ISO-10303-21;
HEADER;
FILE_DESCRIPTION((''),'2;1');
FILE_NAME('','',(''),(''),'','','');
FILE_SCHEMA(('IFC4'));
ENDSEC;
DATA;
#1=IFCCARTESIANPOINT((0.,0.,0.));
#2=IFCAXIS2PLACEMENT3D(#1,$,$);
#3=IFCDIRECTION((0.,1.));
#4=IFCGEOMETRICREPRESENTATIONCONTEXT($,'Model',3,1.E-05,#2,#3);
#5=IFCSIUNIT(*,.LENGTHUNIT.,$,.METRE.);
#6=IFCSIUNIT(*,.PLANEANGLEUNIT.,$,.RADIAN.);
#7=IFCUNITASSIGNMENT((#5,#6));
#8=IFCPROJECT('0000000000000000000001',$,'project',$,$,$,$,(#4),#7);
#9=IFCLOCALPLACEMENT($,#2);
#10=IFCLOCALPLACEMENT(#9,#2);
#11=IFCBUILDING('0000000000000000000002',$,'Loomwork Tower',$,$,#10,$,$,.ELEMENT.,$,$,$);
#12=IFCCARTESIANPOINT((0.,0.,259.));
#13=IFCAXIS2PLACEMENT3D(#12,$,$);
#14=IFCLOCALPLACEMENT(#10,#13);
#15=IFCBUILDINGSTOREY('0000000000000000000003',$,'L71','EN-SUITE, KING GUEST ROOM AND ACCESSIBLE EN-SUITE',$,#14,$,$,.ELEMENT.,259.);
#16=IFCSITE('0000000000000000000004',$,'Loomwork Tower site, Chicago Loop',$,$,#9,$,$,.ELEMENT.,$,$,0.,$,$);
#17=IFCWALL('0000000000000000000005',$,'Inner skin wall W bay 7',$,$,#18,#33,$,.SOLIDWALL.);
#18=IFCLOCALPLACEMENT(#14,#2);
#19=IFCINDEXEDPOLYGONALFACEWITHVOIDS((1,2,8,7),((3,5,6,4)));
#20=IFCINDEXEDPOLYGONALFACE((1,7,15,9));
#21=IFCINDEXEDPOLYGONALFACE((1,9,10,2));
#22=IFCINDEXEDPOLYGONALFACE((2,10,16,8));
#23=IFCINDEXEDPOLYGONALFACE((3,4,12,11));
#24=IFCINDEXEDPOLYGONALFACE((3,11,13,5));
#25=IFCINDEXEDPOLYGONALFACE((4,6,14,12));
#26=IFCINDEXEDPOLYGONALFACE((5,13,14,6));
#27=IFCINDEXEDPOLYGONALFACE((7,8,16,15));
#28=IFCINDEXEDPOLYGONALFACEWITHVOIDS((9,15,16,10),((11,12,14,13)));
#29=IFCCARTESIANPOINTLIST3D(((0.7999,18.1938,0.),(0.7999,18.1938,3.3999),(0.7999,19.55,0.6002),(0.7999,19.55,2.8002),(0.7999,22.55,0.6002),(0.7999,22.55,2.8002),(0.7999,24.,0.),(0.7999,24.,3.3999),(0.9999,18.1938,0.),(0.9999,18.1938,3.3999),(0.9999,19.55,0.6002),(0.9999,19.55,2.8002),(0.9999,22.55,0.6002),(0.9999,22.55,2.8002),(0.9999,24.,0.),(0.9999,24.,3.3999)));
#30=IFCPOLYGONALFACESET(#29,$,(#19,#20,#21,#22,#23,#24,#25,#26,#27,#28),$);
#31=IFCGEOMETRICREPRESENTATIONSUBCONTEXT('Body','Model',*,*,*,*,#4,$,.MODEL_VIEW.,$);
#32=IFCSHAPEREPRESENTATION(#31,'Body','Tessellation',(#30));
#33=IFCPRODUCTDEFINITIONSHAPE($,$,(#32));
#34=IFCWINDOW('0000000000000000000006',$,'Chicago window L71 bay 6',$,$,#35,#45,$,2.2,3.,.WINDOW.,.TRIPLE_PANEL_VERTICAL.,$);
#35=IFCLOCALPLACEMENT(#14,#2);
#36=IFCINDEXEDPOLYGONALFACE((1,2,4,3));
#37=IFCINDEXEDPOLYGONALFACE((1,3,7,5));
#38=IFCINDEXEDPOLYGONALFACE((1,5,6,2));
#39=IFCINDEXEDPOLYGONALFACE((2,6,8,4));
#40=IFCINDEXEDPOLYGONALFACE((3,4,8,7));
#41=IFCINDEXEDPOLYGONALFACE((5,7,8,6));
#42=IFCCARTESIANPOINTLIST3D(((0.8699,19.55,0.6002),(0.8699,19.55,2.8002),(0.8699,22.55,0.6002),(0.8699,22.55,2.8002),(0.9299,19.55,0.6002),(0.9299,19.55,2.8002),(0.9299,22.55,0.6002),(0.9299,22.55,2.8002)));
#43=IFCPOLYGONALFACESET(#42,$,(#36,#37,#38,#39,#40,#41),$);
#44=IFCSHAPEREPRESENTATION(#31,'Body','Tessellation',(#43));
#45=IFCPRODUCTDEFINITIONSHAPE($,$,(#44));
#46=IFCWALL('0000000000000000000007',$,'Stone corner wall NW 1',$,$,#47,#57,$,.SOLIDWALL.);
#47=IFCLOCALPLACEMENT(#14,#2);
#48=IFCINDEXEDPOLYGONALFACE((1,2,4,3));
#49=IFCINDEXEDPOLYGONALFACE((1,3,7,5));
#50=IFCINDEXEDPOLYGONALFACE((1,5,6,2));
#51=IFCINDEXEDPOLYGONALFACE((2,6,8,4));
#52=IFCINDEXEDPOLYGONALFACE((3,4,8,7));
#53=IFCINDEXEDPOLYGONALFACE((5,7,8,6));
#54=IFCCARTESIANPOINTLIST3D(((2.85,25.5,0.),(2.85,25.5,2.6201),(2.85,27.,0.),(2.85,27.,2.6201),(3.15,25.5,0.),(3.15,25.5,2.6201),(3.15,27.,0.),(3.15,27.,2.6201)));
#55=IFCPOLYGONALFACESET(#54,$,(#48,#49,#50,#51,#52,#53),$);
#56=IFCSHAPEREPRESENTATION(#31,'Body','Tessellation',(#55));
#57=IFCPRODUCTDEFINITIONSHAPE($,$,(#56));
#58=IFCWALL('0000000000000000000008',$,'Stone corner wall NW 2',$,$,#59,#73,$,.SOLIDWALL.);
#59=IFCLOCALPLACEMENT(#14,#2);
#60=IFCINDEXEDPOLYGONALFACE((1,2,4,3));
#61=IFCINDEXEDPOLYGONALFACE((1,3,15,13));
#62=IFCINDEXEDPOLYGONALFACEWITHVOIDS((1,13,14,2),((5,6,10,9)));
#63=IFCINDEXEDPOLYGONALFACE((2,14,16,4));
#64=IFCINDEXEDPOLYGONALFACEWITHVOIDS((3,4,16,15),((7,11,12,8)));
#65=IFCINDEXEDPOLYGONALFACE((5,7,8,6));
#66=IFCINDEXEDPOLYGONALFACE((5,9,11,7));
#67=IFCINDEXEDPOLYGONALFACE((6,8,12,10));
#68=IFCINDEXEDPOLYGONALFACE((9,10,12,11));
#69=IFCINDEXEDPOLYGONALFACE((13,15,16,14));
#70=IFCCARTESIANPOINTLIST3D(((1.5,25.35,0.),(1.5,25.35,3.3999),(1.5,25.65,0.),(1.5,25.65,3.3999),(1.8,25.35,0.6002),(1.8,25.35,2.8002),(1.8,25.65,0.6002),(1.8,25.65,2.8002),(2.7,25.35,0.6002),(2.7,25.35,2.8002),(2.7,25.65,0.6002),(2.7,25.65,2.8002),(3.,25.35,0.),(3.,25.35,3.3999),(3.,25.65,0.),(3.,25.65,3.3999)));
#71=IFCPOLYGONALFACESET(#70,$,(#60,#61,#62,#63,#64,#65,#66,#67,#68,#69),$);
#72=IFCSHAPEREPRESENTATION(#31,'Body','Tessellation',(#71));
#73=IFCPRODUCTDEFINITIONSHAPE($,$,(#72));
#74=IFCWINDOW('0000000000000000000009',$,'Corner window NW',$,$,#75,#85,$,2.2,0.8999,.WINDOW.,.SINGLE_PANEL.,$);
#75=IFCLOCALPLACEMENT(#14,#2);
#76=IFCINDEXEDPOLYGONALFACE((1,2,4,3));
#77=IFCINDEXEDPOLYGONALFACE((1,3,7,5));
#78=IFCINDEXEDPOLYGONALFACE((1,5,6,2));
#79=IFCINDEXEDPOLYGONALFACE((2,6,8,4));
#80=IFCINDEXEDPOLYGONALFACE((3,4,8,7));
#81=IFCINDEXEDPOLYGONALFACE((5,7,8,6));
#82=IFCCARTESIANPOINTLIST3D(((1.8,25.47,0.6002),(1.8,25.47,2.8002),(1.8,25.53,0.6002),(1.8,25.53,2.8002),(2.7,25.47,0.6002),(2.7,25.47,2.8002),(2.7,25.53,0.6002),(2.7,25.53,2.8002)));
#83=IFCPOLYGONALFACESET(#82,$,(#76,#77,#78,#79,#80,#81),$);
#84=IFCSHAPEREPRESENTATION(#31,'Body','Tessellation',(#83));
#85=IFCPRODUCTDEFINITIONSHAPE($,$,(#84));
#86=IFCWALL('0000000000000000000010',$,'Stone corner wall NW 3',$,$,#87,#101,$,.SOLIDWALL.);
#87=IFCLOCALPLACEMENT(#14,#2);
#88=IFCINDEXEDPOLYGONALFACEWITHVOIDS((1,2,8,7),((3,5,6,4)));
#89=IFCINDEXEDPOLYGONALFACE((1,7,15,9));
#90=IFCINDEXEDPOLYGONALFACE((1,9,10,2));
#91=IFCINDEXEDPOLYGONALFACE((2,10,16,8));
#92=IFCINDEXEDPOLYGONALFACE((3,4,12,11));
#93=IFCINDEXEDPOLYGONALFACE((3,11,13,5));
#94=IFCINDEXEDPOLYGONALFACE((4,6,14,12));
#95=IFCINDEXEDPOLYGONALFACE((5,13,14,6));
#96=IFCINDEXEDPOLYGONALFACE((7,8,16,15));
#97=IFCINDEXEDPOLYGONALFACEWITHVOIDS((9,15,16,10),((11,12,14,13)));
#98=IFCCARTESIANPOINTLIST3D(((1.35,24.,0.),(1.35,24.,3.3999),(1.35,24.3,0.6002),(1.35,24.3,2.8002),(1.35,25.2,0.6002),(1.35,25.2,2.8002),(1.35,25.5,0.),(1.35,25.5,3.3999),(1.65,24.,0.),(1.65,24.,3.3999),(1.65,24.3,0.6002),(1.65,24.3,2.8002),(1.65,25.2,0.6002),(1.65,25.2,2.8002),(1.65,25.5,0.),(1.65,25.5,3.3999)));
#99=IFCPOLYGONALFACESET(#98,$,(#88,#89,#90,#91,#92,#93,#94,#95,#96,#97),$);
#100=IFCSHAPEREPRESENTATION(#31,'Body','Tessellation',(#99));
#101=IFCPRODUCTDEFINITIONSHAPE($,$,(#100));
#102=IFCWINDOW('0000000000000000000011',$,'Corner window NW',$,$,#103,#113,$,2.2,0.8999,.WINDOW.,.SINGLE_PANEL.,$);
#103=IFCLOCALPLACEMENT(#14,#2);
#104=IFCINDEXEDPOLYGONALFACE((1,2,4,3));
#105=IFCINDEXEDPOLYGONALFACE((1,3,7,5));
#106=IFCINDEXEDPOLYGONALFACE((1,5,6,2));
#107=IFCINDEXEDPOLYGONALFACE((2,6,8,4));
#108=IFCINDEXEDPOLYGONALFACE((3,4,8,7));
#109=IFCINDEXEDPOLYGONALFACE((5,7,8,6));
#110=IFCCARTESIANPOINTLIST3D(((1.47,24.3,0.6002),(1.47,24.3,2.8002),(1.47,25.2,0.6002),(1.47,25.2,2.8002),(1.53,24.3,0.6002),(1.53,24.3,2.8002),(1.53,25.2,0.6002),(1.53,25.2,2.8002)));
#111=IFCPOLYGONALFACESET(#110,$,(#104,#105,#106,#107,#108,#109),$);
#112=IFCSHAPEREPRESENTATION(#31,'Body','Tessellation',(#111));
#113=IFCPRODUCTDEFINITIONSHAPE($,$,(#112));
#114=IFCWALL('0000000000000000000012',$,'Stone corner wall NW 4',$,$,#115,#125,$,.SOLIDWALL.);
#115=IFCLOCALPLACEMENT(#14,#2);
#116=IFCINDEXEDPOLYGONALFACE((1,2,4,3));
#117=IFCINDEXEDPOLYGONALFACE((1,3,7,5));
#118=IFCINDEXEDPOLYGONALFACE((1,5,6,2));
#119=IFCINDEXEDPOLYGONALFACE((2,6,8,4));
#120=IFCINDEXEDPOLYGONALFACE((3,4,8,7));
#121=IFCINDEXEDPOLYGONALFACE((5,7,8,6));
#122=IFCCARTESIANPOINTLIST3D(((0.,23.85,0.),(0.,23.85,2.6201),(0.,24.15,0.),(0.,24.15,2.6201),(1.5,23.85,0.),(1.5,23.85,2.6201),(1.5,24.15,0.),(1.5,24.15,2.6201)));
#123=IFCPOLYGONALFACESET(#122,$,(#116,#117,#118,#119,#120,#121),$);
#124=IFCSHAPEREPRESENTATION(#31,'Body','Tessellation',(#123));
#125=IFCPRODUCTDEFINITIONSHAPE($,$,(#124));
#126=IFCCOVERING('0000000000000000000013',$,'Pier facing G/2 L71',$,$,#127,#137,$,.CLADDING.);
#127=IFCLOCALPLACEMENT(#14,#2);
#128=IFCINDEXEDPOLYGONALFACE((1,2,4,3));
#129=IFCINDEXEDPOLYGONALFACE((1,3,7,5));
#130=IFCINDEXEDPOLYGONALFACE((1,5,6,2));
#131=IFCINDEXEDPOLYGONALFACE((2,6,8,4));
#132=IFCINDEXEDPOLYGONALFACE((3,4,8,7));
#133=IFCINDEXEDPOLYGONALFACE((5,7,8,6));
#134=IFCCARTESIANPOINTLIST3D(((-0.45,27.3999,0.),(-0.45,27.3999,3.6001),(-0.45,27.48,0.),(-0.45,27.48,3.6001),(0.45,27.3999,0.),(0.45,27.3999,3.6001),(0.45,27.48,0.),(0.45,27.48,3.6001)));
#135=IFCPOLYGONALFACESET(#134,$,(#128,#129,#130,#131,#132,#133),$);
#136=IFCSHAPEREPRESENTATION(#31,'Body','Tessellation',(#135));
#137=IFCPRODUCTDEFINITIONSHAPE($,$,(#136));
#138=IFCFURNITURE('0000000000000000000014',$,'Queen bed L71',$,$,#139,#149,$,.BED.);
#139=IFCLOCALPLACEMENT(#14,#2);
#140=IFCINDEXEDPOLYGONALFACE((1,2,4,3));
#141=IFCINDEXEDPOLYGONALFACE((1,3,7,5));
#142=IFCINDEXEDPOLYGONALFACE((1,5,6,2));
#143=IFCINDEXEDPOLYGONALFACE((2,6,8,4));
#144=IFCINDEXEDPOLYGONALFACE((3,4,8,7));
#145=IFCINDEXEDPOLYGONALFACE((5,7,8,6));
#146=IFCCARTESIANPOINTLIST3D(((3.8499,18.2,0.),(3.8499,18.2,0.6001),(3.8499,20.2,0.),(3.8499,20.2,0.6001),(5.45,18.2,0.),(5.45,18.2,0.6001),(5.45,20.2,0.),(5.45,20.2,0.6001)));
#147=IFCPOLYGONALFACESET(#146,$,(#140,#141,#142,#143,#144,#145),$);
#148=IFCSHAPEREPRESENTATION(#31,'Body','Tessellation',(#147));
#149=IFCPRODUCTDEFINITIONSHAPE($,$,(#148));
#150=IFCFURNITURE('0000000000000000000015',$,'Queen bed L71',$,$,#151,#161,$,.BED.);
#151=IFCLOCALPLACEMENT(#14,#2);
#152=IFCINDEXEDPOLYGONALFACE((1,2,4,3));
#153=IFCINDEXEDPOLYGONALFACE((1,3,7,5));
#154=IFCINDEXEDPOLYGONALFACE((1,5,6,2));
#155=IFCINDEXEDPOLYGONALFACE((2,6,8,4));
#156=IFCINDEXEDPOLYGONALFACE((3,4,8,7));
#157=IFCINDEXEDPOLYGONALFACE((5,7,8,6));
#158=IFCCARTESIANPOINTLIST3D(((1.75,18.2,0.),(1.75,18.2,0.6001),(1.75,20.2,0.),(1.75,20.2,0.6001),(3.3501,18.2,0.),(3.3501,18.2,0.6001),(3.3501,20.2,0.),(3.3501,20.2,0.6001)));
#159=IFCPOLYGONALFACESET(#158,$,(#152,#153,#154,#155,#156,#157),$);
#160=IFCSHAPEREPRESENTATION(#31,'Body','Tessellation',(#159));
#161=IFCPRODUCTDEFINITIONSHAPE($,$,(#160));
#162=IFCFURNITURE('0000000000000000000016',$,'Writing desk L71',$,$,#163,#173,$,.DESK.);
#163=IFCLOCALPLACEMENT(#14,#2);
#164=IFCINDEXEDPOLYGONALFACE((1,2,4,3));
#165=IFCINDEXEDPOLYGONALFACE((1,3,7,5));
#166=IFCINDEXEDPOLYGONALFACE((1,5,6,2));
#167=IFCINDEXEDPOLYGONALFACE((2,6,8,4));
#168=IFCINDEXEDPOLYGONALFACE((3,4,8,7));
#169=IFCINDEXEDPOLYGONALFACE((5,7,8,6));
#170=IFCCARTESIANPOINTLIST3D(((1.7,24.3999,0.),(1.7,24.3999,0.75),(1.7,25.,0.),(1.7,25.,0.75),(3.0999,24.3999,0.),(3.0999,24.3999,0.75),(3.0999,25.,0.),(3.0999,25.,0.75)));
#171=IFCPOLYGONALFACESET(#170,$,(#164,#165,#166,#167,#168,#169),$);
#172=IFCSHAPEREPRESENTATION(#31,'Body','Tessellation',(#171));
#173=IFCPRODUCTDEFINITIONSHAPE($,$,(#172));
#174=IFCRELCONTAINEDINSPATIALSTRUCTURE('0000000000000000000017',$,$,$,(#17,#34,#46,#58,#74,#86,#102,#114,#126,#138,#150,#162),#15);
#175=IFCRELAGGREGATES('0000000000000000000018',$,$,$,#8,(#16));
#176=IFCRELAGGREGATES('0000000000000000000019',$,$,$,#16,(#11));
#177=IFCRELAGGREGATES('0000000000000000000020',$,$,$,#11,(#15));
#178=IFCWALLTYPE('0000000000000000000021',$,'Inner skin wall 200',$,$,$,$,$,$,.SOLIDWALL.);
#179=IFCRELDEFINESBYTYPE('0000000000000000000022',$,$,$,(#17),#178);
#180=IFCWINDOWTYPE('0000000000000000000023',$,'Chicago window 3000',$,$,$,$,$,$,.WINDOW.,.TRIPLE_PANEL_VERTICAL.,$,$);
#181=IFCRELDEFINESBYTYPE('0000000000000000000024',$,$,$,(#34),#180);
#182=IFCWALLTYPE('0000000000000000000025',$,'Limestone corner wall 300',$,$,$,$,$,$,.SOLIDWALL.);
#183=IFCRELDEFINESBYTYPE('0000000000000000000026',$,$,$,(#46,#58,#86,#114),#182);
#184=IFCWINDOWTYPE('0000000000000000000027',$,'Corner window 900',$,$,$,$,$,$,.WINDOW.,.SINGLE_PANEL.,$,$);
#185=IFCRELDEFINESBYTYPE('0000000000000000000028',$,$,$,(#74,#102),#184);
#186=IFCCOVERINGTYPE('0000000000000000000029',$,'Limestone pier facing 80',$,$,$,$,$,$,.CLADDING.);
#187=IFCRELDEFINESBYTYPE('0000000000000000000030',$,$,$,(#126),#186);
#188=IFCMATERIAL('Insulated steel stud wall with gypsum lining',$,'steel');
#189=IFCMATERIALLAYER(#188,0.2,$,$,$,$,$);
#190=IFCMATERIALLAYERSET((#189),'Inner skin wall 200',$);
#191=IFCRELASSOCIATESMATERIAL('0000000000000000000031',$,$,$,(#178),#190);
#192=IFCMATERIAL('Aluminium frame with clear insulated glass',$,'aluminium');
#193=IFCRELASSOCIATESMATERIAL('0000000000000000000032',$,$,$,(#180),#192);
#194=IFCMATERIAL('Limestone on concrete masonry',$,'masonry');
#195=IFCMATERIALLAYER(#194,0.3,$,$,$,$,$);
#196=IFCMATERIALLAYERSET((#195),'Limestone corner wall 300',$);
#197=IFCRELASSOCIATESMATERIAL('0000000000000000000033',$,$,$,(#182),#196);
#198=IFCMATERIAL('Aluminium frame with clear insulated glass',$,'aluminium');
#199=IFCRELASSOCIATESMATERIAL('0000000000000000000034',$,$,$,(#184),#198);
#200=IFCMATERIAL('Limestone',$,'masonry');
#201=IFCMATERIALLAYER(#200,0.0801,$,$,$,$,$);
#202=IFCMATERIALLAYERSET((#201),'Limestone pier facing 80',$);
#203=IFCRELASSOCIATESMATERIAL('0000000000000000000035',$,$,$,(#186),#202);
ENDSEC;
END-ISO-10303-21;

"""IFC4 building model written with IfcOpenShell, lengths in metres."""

from ifc_helpers import new_model, si_unit, direction, frame, frame_2d, origin, origin_2d, place, context, subcontext, project, spatial, rectangle, extrude, material, layer, layer_set, type_object, element, fill, save


model = new_model("IFC4")

# Units and contexts
model_context = context("Model", 3, precision=1e-05, world=origin(), true_north=direction((0.0, 1.0)))
body_context = subcontext(model_context, "Body", "Model", "MODEL_VIEW")
ifc_project = project(units=[si_unit("LENGTHUNIT", "METRE"), si_unit("PLANEANGLEUNIT", "RADIAN")], contexts=[model_context])

# Site, building, storey
site_placement = place(None, origin())
site = spatial("IfcSite", under=ifc_project, at=site_placement, Name="Loomwork Tower site, Chicago Loop", CompositionType="ELEMENT", RefElevation=0.0)
building_placement = place(site_placement, origin())
building = spatial("IfcBuilding", under=site, at=building_placement, Name="Loomwork Tower", CompositionType="ELEMENT")
storey_placement = place(building_placement, frame((0.0, 0.0, 259.0)))
storey = spatial("IfcBuildingStorey", under=building, at=storey_placement, Name="L71", Description="EN-SUITE, KING GUEST ROOM AND ACCESSIBLE EN-SUITE", CompositionType="ELEMENT", Elevation=259.0)

# Wall, opening, window
ifc_material_1 = material(Name="Insulated steel stud wall with gypsum lining", Category="steel")
ifc_layer_1 = layer(ifc_material_1, 0.2)
ifc_layer_set_1 = layer_set([ifc_layer_1], Name="Inner skin wall 200")
wall_type_1 = type_object("IfcWallType", Name="Inner skin wall 200", PredefinedType="SOLIDWALL", material=ifc_layer_set_1)
wall_1_placement = place(storey_placement, frame((0.8999, 18.1938, 0.0), z_axis=(0.0, 0.0, 1.0), x_axis=(0.0, 1.0, 0.0)))
wall_1 = element("IfcWall", 1, at=wall_1_placement, inside=storey, type_object=wall_type_1, Name="Inner skin wall W bay 7", PredefinedType="SOLIDWALL", context=body_context, shape_type="SweptSolid", body=[
    extrude(rectangle(XDim=5.8062, YDim=0.2, at=frame_2d((2.9031, 0.0))), origin(), (0.0, 0.0, 1.0), 3.3999),
])
opening_1_placement = place(wall_1_placement, frame((1.3562, 0.0, 0.6001)))
opening_1 = element("IfcOpeningElement", 2, at=opening_1_placement, cuts=wall_1, PredefinedType="OPENING", context=body_context, shape_type="SweptSolid", body=[
    extrude(rectangle(XDim=3.0, YDim=2.2, at=frame_2d((1.5, 1.1001))), frame((0.0, 0.1099, 0.0), z_axis=(0.0, -1.0, 0.0), x_axis=(1.0, 0.0, 0.0)), (0.0, 0.0, 1.0), 0.22),
])
ifc_material_2 = material(Name="Aluminium frame with clear insulated glass", Category="aluminium")
window_type_1 = type_object("IfcWindowType", Name="Chicago window 3000", PartitioningType="TRIPLE_PANEL_VERTICAL", PredefinedType="WINDOW", material=ifc_material_2)
window_1_placement = place(opening_1_placement, origin())
window_1 = element("IfcWindow", 3, at=window_1_placement, inside=storey, type_object=window_type_1, Name="Chicago window L71 bay 6", OverallHeight=2.2, OverallWidth=3.0, PartitioningType="TRIPLE_PANEL_VERTICAL", PredefinedType="WINDOW", context=body_context, shape_type="SweptSolid", body=[
    extrude(rectangle(XDim=3.0, YDim=2.2, at=frame_2d((1.5, 1.1001))), frame((0.0, 0.03, 0.0), z_axis=(0.0, -1.0, 0.0), x_axis=(1.0, 0.0, 0.0)), (0.0, 0.0, 1.0), 0.0601),
])
fill(opening_1, window_1)

# Wall
ifc_material_3 = material(Name="Limestone on concrete masonry", Category="masonry")
ifc_layer_2 = layer(ifc_material_3, 0.3)
ifc_layer_set_2 = layer_set([ifc_layer_2], Name="Limestone corner wall 300")
wall_type_2 = type_object("IfcWallType", Name="Limestone corner wall 300", PredefinedType="SOLIDWALL", material=ifc_layer_set_2)
wall_2_placement = place(storey_placement, frame((3.0, 27.0, 0.0), z_axis=(0.0, 0.0, 1.0), x_axis=(0.0, -1.0, 0.0)))
element("IfcWall", 4, at=wall_2_placement, inside=storey, type_object=wall_type_2, Name="Stone corner wall NW 1", PredefinedType="SOLIDWALL", context=body_context, shape_type="SweptSolid", body=[
    extrude(rectangle(XDim=1.5, YDim=0.3, at=frame_2d((0.75, 0.0))), origin(), (0.0, 0.0, 1.0), 2.6201),
])

# Walls, openings, windows
wall_3_placement = place(storey_placement, frame((3.0, 25.5, 0.0), z_axis=(0.0, 0.0, 1.0), x_axis=(-1.0, 0.0, 0.0)))
wall_3 = element("IfcWall", 5, at=wall_3_placement, inside=storey, type_object=wall_type_2, Name="Stone corner wall NW 2", PredefinedType="SOLIDWALL", context=body_context, shape_type="SweptSolid", body=[
    extrude(rectangle(XDim=1.5, YDim=0.3, at=frame_2d((0.75, 0.0))), origin(), (0.0, 0.0, 1.0), 3.3999),
])
opening_2_placement = place(wall_3_placement, frame((0.3, 0.0, 0.6001)))
opening_2 = element("IfcOpeningElement", 6, at=opening_2_placement, cuts=wall_3, PredefinedType="OPENING", context=body_context, shape_type="SweptSolid", body=[
    extrude(rectangle(XDim=0.8999, YDim=2.2, at=frame_2d((0.45, 1.1001))), frame((0.0, 0.1599, 0.0), z_axis=(0.0, -1.0, 0.0), x_axis=(1.0, 0.0, 0.0)), (0.0, 0.0, 1.0), 0.3201),
])
ifc_material_4 = material(Name="Aluminium frame with clear insulated glass", Category="aluminium")
window_type_2 = type_object("IfcWindowType", Name="Corner window 900", PartitioningType="SINGLE_PANEL", PredefinedType="WINDOW", material=ifc_material_4)
window_2_placement = place(opening_2_placement, origin())
window_2 = element("IfcWindow", 7, at=window_2_placement, inside=storey, type_object=window_type_2, Name="Corner window NW", OverallHeight=2.2, OverallWidth=0.8999, PartitioningType="SINGLE_PANEL", PredefinedType="WINDOW", context=body_context, shape_type="SweptSolid", body=[
    extrude(rectangle(XDim=0.8999, YDim=2.2, at=frame_2d((0.45, 1.1001))), frame((0.0, 0.03, 0.0), z_axis=(0.0, -1.0, 0.0), x_axis=(1.0, 0.0, 0.0)), (0.0, 0.0, 1.0), 0.0601),
])
fill(opening_2, window_2)
wall_4_placement = place(storey_placement, frame((1.5, 25.5, 0.0), z_axis=(0.0, 0.0, 1.0), x_axis=(0.0, -1.0, 0.0)))
wall_4 = element("IfcWall", 8, at=wall_4_placement, inside=storey, type_object=wall_type_2, Name="Stone corner wall NW 3", PredefinedType="SOLIDWALL", context=body_context, shape_type="SweptSolid", body=[
    extrude(rectangle(XDim=1.5, YDim=0.3, at=frame_2d((0.75, 0.0))), origin(), (0.0, 0.0, 1.0), 3.3999),
])
opening_3_placement = place(wall_4_placement, frame((0.3, 0.0, 0.6001)))
opening_3 = element("IfcOpeningElement", 9, at=opening_3_placement, cuts=wall_4, PredefinedType="OPENING", context=body_context, shape_type="SweptSolid", body=[
    extrude(rectangle(XDim=0.8999, YDim=2.2, at=frame_2d((0.45, 1.1001))), frame((0.0, 0.1599, 0.0), z_axis=(0.0, -1.0, 0.0), x_axis=(1.0, 0.0, 0.0)), (0.0, 0.0, 1.0), 0.3201),
])
window_3_placement = place(opening_3_placement, origin())
window_3 = element("IfcWindow", 10, at=window_3_placement, inside=storey, type_object=window_type_2, Name="Corner window NW", OverallHeight=2.2, OverallWidth=0.8999, PartitioningType="SINGLE_PANEL", PredefinedType="WINDOW", context=body_context, shape_type="SweptSolid", body=[
    extrude(rectangle(XDim=0.8999, YDim=2.2, at=frame_2d((0.45, 1.1001))), frame((0.0, 0.03, 0.0), z_axis=(0.0, -1.0, 0.0), x_axis=(1.0, 0.0, 0.0)), (0.0, 0.0, 1.0), 0.0601),
])
fill(opening_3, window_3)

# Wall
wall_5_placement = place(storey_placement, frame((1.5, 24.0, 0.0), z_axis=(0.0, 0.0, 1.0), x_axis=(-1.0, 0.0, 0.0)))
element("IfcWall", 11, at=wall_5_placement, inside=storey, type_object=wall_type_2, Name="Stone corner wall NW 4", PredefinedType="SOLIDWALL", context=body_context, shape_type="SweptSolid", body=[
    extrude(rectangle(XDim=1.5, YDim=0.3, at=frame_2d((0.75, 0.0))), origin(), (0.0, 0.0, 1.0), 2.6201),
])

# Covering
ifc_material_5 = material(Name="Limestone", Category="masonry")
ifc_layer_3 = layer(ifc_material_5, 0.0801)
ifc_layer_set_3 = layer_set([ifc_layer_3], Name="Limestone pier facing 80")
covering_type = type_object("IfcCoveringType", Name="Limestone pier facing 80", PredefinedType="CLADDING", material=ifc_layer_set_3)
covering_placement = place(storey_placement, frame((0.0, 27.4399, 0.0), z_axis=(0.0, 0.0, 1.0), x_axis=(1.0, 0.0, 0.0)))
element("IfcCovering", 12, at=covering_placement, inside=storey, type_object=covering_type, Name="Pier facing G/2 L71", PredefinedType="CLADDING", context=body_context, shape_type="SweptSolid", body=[
    extrude(rectangle(XDim=0.8999, YDim=0.0801, at=origin_2d()), origin(), (0.0, 0.0, 1.0), 3.6001),
])

# Furniture
for number, where, z_axis, x_axis, name in (
    (13, (4.6499, 19.2, 0.0), (0.0, 0.0, 1.0), (1.0, 0.0, 0.0), "Queen bed L71"),
    (14, (2.55, 19.2, 0.0), (0.0, 0.0, 1.0), (1.0, 0.0, 0.0), "Queen bed L71"),
):
    element("IfcFurniture", number, at=place(storey_placement, frame(where, z_axis=z_axis, x_axis=x_axis)), inside=storey, Name=name, PredefinedType="BED", context=body_context, shape_type="SweptSolid", body=[
        extrude(rectangle(XDim=1.6001, YDim=2.0, at=origin_2d()), origin(), (0.0, 0.0, 1.0), 0.6001),
    ])
furniture_1_placement = place(storey_placement, frame((2.3999, 24.7, 0.0), z_axis=(0.0, 0.0, 1.0), x_axis=(1.0, 0.0, 0.0)))
element("IfcFurniture", 15, at=furniture_1_placement, inside=storey, Name="Writing desk L71", PredefinedType="DESK", context=body_context, shape_type="SweptSolid", body=[
    extrude(rectangle(XDim=1.3999, YDim=0.6001, at=origin_2d()), origin(), (0.0, 0.0, 1.0), 0.75),
])

save(model, "model.ifc")
